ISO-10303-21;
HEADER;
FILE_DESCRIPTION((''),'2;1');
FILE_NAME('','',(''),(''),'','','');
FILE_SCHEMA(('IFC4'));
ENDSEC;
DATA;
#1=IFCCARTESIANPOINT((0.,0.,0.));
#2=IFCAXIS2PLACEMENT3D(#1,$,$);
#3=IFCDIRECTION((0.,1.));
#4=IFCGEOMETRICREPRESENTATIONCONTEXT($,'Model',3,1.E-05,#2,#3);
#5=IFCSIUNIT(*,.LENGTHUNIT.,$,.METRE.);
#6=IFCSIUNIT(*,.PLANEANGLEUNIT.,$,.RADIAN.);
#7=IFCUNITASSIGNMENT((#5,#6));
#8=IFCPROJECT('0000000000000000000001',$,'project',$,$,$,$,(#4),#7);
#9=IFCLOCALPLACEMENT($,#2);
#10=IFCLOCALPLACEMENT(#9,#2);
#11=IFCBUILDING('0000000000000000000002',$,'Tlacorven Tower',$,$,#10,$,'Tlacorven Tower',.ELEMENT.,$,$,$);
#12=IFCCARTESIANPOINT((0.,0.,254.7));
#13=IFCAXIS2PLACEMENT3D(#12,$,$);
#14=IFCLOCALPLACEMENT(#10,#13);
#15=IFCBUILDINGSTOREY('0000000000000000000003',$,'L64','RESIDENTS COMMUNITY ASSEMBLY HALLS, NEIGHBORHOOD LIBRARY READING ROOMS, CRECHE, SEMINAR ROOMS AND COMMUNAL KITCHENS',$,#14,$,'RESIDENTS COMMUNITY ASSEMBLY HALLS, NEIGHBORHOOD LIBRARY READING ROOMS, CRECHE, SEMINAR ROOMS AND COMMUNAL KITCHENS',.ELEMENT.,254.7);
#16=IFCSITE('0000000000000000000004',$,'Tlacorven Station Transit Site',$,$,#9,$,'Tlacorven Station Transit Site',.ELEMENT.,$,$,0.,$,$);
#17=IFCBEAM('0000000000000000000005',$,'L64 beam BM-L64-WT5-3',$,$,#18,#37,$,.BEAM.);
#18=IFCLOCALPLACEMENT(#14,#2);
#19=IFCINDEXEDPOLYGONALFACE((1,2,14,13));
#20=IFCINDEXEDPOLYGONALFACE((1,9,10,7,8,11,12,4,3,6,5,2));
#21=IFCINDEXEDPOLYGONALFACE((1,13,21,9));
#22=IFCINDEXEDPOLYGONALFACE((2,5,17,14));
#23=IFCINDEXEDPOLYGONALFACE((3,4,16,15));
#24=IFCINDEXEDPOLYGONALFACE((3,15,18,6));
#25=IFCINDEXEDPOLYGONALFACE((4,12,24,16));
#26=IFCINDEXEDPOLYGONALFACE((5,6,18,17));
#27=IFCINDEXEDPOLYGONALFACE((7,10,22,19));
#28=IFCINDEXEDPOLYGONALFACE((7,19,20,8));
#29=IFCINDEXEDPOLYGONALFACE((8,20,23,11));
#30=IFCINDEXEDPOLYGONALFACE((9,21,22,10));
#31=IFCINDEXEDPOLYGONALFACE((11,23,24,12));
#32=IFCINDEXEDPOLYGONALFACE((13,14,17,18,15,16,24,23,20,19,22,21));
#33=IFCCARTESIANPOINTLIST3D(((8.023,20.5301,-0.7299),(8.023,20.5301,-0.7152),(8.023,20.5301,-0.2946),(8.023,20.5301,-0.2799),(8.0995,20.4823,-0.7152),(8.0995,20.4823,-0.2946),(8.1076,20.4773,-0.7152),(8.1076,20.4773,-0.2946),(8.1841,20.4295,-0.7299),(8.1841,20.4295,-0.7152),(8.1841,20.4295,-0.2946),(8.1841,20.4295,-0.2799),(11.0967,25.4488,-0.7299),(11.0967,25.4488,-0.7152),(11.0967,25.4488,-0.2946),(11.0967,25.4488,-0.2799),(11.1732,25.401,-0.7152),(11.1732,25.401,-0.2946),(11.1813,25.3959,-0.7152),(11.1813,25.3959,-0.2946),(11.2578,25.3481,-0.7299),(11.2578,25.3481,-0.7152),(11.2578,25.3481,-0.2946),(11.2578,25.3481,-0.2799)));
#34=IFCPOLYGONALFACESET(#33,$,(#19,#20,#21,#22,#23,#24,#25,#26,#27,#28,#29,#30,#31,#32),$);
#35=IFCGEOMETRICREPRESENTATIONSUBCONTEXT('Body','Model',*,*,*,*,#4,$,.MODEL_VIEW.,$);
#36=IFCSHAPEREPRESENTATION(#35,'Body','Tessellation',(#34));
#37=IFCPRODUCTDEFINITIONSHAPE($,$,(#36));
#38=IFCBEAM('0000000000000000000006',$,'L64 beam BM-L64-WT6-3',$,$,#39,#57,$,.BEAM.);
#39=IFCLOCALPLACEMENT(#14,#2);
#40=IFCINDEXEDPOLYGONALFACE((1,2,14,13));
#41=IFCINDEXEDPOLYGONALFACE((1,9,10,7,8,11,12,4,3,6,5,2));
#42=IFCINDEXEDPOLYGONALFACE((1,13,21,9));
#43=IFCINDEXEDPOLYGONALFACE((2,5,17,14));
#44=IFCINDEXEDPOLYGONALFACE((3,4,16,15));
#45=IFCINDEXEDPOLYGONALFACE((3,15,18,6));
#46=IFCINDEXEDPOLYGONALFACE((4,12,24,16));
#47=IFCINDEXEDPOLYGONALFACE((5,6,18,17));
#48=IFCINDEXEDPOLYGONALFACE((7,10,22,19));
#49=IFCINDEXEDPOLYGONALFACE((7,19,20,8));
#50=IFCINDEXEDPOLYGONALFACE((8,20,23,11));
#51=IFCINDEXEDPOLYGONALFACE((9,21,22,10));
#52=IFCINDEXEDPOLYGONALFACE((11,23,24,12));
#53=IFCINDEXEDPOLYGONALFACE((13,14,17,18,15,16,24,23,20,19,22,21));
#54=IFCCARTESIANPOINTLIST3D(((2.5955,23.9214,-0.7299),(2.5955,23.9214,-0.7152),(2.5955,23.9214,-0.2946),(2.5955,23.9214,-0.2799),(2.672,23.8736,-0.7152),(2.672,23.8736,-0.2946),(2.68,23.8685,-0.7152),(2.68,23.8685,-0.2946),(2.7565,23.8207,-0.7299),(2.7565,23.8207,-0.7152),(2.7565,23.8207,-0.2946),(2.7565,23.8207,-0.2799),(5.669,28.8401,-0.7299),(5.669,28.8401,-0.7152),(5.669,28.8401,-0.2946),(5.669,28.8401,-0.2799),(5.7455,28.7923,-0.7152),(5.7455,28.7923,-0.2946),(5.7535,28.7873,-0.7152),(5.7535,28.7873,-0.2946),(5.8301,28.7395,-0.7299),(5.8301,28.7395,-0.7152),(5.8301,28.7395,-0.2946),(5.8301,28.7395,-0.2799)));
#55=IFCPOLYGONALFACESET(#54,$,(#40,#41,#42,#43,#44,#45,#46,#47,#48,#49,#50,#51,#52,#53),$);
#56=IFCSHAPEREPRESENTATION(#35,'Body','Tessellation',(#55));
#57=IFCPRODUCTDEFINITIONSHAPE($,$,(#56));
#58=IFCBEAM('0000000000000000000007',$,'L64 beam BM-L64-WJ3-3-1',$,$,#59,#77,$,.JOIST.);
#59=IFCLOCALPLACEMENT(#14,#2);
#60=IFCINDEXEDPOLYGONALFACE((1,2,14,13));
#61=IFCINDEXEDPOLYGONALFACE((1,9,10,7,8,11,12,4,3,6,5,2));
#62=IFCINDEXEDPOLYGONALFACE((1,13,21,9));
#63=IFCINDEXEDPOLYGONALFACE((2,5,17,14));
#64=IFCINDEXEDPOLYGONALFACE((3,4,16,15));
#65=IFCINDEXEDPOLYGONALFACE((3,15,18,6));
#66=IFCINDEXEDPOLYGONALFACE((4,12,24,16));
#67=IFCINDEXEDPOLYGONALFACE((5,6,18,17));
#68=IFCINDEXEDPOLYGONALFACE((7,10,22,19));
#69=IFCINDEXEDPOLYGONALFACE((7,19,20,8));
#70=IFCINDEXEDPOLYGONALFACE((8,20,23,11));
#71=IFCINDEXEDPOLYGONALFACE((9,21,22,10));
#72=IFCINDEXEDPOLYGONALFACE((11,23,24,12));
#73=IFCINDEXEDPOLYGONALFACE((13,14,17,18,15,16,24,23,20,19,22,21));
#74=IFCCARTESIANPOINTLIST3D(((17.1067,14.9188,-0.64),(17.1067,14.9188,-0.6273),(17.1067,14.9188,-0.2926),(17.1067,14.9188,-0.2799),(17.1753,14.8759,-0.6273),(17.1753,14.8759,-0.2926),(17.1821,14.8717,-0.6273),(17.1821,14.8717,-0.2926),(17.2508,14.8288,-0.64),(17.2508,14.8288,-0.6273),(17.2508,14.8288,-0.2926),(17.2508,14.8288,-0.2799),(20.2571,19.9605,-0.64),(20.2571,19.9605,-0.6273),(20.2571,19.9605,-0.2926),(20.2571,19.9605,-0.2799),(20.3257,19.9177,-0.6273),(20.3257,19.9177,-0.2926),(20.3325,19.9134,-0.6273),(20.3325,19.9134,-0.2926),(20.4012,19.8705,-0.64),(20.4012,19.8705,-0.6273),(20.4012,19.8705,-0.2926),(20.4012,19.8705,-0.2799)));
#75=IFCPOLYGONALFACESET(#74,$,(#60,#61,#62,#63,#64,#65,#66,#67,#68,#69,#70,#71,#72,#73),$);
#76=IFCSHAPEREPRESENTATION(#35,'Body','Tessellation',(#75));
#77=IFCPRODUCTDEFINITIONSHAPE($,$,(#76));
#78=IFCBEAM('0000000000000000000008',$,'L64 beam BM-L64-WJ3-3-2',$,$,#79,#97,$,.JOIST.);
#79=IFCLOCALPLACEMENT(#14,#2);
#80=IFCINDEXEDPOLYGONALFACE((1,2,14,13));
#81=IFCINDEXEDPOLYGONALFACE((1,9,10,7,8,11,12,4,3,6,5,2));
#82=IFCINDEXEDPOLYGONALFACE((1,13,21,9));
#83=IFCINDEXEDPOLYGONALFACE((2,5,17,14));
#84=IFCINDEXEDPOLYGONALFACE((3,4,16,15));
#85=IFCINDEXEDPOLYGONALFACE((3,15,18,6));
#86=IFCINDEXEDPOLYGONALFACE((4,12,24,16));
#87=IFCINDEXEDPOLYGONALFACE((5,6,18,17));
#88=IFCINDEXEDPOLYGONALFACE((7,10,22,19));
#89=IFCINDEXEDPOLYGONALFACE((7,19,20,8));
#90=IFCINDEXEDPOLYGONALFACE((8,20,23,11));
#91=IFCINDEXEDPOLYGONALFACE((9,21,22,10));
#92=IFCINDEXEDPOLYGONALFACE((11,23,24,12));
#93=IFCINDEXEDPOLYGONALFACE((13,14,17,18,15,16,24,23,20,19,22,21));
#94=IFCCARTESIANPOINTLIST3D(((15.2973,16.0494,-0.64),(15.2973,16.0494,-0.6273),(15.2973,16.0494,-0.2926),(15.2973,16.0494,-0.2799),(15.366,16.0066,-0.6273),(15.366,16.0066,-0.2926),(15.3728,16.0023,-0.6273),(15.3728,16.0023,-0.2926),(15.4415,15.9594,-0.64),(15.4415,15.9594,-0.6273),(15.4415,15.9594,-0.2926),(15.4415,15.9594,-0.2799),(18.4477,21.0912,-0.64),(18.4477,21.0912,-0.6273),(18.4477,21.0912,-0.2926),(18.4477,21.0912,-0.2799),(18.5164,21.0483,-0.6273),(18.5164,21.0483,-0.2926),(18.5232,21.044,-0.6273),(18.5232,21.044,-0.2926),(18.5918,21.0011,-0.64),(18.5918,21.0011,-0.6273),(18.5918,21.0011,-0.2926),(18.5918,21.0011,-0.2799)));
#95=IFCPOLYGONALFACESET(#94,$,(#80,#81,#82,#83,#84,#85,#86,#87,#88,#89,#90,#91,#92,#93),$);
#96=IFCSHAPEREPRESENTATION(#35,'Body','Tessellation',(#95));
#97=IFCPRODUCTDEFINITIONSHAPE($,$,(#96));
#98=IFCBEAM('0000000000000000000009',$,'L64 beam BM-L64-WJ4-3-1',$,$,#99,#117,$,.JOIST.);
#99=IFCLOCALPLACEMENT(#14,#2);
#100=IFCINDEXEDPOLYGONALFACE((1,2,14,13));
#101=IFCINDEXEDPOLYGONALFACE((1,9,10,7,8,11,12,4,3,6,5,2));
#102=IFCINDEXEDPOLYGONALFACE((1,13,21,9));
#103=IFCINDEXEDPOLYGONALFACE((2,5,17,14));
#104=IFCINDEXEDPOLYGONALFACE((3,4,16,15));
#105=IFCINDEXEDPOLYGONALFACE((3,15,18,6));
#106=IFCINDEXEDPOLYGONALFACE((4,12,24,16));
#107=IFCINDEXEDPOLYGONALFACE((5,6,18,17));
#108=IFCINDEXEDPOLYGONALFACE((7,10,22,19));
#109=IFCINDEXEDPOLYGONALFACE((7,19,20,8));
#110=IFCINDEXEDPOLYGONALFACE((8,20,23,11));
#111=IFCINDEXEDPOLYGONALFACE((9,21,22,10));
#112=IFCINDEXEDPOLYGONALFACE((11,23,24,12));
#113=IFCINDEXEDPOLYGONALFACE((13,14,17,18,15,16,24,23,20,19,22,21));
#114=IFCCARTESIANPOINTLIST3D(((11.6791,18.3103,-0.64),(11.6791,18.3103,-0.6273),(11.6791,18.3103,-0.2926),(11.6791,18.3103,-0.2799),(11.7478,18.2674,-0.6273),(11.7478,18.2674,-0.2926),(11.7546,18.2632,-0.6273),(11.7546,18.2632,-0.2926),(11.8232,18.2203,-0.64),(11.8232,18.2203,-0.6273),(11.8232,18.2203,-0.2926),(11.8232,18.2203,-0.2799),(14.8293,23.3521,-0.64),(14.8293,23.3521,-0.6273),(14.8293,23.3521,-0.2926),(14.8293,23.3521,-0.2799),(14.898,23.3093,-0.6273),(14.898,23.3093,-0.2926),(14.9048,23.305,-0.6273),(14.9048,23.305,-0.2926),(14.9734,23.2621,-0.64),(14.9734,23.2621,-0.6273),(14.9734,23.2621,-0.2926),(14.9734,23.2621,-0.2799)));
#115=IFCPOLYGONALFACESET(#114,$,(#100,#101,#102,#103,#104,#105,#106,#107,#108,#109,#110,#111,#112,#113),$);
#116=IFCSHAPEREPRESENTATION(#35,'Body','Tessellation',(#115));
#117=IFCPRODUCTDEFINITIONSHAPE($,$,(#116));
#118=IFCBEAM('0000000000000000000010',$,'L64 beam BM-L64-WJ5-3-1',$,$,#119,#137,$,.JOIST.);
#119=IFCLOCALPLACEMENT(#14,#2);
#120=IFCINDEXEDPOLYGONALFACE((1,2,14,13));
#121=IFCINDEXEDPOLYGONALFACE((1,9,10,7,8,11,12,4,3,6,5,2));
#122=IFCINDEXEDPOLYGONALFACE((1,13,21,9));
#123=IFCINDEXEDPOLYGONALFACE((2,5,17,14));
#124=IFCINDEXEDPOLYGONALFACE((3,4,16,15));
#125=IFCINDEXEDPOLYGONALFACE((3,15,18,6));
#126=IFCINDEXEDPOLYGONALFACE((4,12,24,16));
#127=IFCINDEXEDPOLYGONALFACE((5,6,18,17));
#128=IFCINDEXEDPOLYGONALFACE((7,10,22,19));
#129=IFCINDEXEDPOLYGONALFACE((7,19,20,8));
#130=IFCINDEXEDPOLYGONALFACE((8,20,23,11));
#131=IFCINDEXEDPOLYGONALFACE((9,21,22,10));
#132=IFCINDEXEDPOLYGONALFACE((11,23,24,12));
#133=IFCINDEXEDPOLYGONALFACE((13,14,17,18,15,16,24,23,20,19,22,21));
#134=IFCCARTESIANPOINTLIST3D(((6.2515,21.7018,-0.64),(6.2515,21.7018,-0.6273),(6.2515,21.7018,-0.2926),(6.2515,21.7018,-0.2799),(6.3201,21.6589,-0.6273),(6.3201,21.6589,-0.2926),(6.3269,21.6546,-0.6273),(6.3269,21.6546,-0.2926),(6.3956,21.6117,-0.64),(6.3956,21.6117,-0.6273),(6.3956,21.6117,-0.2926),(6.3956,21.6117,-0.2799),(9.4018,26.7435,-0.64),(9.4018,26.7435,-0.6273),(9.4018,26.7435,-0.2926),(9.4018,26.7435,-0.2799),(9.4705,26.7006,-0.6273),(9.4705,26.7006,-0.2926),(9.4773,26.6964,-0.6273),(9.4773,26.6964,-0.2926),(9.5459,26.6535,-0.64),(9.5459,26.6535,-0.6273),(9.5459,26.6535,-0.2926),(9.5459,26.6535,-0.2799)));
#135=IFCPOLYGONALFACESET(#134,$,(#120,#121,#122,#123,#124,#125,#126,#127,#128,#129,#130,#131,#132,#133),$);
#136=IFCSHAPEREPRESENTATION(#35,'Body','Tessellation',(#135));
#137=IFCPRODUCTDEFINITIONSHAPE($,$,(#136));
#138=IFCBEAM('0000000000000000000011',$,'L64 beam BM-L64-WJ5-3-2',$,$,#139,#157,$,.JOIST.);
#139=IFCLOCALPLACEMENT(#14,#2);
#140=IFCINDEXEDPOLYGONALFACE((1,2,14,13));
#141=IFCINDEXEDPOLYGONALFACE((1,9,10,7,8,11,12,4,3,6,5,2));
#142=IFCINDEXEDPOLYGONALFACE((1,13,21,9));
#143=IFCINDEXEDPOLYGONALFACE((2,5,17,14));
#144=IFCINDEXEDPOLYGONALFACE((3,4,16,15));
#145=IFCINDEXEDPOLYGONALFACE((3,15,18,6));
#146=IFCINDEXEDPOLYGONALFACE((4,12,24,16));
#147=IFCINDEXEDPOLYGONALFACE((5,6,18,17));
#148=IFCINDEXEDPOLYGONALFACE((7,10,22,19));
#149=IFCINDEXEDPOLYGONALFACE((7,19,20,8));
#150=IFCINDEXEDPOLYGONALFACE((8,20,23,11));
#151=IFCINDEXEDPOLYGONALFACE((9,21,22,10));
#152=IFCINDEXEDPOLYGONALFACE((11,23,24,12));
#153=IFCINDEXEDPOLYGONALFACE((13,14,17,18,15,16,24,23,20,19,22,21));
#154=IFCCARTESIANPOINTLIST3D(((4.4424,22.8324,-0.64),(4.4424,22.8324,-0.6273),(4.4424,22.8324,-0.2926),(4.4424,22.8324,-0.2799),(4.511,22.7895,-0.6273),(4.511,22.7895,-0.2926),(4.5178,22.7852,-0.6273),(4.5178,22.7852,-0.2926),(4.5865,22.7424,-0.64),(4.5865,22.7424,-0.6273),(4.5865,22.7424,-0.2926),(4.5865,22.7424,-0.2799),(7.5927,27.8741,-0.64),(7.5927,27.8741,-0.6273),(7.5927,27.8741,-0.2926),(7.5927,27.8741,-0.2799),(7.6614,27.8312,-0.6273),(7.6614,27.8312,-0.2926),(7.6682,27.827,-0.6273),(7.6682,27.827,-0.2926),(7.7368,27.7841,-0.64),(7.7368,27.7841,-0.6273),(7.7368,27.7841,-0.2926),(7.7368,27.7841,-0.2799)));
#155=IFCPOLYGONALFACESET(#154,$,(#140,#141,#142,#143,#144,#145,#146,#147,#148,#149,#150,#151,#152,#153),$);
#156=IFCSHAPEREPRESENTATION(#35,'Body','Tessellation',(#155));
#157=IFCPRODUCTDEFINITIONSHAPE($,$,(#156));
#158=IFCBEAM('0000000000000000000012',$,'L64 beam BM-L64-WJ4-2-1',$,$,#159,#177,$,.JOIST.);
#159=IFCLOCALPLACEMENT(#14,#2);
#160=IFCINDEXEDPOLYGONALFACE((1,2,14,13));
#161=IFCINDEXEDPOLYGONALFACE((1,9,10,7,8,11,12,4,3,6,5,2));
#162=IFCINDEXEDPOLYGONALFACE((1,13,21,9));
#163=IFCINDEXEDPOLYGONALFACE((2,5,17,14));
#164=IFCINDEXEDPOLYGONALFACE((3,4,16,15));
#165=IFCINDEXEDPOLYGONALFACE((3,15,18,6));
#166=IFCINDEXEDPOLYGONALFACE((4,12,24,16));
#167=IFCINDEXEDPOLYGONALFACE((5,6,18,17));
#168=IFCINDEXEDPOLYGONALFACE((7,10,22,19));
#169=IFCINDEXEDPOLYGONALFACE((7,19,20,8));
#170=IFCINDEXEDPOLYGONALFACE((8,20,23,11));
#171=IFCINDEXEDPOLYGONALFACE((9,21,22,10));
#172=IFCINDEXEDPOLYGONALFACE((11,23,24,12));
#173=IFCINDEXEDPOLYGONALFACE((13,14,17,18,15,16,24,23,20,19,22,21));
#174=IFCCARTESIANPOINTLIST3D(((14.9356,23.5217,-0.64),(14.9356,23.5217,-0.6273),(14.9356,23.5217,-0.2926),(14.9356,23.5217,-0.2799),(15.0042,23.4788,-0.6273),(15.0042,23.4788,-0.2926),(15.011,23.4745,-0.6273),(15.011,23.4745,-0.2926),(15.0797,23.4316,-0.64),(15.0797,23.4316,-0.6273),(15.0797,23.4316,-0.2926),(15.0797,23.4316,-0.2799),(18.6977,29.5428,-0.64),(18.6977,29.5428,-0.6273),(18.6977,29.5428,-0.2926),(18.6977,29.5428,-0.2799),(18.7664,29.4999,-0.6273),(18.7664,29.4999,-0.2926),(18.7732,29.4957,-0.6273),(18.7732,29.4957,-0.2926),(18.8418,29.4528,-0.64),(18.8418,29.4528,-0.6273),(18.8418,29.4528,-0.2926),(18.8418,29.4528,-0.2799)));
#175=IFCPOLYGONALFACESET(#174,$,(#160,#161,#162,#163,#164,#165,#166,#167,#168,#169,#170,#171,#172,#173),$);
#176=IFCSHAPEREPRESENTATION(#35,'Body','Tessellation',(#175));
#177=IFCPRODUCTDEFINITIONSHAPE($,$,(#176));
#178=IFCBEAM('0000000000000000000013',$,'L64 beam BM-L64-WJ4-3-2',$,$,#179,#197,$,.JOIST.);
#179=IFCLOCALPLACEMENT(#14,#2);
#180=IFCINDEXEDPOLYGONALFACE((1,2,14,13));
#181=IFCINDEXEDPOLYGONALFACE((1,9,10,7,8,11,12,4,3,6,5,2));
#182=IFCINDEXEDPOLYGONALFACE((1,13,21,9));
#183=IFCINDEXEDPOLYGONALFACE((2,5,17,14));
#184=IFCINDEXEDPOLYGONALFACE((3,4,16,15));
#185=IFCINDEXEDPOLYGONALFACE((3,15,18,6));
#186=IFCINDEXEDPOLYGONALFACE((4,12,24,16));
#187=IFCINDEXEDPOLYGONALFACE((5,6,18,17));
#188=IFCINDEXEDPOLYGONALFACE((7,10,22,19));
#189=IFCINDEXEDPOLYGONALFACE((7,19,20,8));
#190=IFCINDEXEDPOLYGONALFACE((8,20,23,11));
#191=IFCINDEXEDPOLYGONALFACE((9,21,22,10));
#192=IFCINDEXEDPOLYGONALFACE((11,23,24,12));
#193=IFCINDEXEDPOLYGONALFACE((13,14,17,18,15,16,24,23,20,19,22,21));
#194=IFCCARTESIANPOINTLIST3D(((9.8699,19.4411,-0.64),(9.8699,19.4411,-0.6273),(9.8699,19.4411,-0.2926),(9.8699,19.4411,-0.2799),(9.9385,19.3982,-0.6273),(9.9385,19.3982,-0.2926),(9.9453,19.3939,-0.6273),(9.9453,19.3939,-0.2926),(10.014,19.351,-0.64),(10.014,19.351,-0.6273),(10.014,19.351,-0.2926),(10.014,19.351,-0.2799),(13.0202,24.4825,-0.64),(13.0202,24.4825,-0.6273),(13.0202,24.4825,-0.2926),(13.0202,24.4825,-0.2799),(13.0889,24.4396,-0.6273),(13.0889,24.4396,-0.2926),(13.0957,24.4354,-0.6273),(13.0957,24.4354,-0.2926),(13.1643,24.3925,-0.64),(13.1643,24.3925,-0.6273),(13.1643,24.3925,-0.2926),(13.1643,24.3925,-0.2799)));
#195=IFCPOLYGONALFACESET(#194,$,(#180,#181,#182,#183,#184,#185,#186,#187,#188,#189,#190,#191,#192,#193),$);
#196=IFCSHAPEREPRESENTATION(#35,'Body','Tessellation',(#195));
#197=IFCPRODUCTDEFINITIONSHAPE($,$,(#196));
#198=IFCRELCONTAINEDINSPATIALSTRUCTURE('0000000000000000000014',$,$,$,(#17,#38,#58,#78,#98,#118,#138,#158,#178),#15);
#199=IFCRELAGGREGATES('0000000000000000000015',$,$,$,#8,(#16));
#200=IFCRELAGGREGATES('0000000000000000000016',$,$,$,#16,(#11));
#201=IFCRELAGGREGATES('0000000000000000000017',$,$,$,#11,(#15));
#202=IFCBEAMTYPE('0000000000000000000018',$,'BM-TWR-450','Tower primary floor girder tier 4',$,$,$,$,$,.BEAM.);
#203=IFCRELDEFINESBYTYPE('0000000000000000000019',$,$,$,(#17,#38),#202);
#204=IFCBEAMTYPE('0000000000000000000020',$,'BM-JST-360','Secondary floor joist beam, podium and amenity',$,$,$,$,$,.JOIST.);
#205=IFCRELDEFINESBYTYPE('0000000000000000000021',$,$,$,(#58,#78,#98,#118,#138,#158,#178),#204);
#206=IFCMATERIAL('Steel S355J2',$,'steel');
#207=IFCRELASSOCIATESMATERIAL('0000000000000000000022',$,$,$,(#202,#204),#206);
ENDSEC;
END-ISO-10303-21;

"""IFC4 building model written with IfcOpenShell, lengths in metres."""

from ifc_helpers import new_model, si_unit, direction, frame, origin, origin_2d, place, context, subcontext, project, spatial, i_section, extrude, source, transform, mapped, material, material_profile, profile_set, type_object, element, save


model = new_model("IFC4")

# Units and contexts
model_context = context("Model", 3, precision=1e-05, world=origin(), true_north=direction((0.0, 1.0)))
body_context = subcontext(model_context, "Body", "Model", "MODEL_VIEW")
ifc_project = project(units=[si_unit("LENGTHUNIT", "METRE"), si_unit("PLANEANGLEUNIT", "RADIAN")], contexts=[model_context])

# Site, building, storey
site_placement = place(None, origin())
site = spatial("IfcSite", under=ifc_project, at=site_placement, Name="Tlacorven Station Transit Site", LongName="Tlacorven Station Transit Site", CompositionType="ELEMENT", RefElevation=0.0)
building_placement = place(site_placement, origin())
building = spatial("IfcBuilding", under=site, at=building_placement, Name="Tlacorven Tower", LongName="Tlacorven Tower", CompositionType="ELEMENT")
storey_placement = place(building_placement, frame((0.0, 0.0, 254.7)))
storey = spatial("IfcBuildingStorey", under=building, at=storey_placement, Name="L64", Description="RESIDENTS COMMUNITY ASSEMBLY HALLS, NEIGHBORHOOD LIBRARY READING ROOMS, CRECHE, SEMINAR ROOMS AND COMMUNAL KITCHENS", LongName="RESIDENTS COMMUNITY ASSEMBLY HALLS, NEIGHBORHOOD LIBRARY READING ROOMS, CRECHE, SEMINAR ROOMS AND COMMUNAL KITCHENS", CompositionType="ELEMENT", Elevation=254.7)

# Shared definitions
ifc_material_1 = material(Name="Steel S355J2", Category="steel")

# Beams
ifc_material_profile_1 = material_profile(ifc_material_1, i_section(OverallWidth=0.1899, OverallDepth=0.45, WebThickness=0.0095, FlangeThickness=0.0146, at=origin_2d()), Name="IPE 450")
ifc_profile_set_1 = profile_set([ifc_material_profile_1], Name="Steel S355J2")
beam_type_1 = type_object("IfcBeamType", Name="BM-TWR-450", Description="Tower primary floor girder tier 4", PredefinedType="BEAM", material=ifc_profile_set_1)
shared_shape_1 = source(origin(), body_context, "Body", "SweptSolid", [
    extrude(i_section(OverallWidth=0.1899, OverallDepth=0.45, WebThickness=0.0095, FlangeThickness=0.0146, at=origin_2d()), origin(), (0.0, 0.0, 1.0), 5.8),
])
for number, where, z_axis, x_axis, name in (
    (1, (11.1772, 25.3984, -0.5049), (-0.529942, -0.848034, 0.0), (0.848034, -0.529942, 0.0), "L64 beam BM-L64-WT5-3"),
    (2, (5.7495, 28.7898, -0.5049), (-0.529912, -0.848053, 0.0), (0.848053, -0.529912, 0.0), "L64 beam BM-L64-WT6-3"),
):
    element("IfcBeam", number, at=place(storey_placement, frame(where, z_axis=z_axis, x_axis=x_axis)), inside=storey, type_object=beam_type_1, Name=name, PredefinedType="BEAM", context=body_context, shape_type="MappedRepresentation", body=[
        mapped(shared_shape_1, transform((0.0, 0.0, 0.0), scale=1.0)),
    ])
ifc_material_profile_2 = material_profile(ifc_material_1, i_section(OverallWidth=0.1699, OverallDepth=0.3601, WebThickness=0.0081, FlangeThickness=0.0127, at=origin_2d()), Name="IPE 360")
ifc_profile_set_2 = profile_set([ifc_material_profile_2], Name="Steel S355J2")
beam_type_2 = type_object("IfcBeamType", Name="BM-JST-360", Description="Secondary floor joist beam, podium and amenity", PredefinedType="JOIST", material=ifc_profile_set_2)
shared_shape_2 = source(origin(), body_context, "Body", "SweptSolid", [
    extrude(i_section(OverallWidth=0.1699, OverallDepth=0.3601, WebThickness=0.0081, FlangeThickness=0.0127, at=origin_2d()), origin(), (0.0, 0.0, 1.0), 5.9451),
])
for number, where, z_axis, x_axis, name in (
    (3, (20.3291, 19.9155, -0.46), (-0.529914, -0.848051, 0.0), (0.848051, -0.529914, 0.0), "L64 beam BM-L64-WJ3-3-1"),
    (4, (18.5198, 21.0461, -0.46), (-0.529914, -0.848051, 0.0), (0.848051, -0.529914, 0.0), "L64 beam BM-L64-WJ3-3-2"),
    (5, (14.9014, 23.3071, -0.46), (-0.529885, -0.84807, 0.0), (0.84807, -0.529885, 0.0), "L64 beam BM-L64-WJ4-3-1"),
    (6, (9.4739, 26.6985, -0.46), (-0.529914, -0.848051, 0.0), (0.848051, -0.529914, 0.0), "L64 beam BM-L64-WJ5-3-1"),
    (7, (7.6648, 27.8291, -0.46), (-0.529914, -0.848051, 0.0), (0.848051, -0.529914, 0.0), "L64 beam BM-L64-WJ5-3-2"),
):
    element("IfcBeam", number, at=place(storey_placement, frame(where, z_axis=z_axis, x_axis=x_axis)), inside=storey, type_object=beam_type_2, Name=name, PredefinedType="JOIST", context=body_context, shape_type="MappedRepresentation", body=[
        mapped(shared_shape_2, transform((0.0, 0.0, 0.0), scale=1.0)),
    ])
shared_shape_3 = source(origin(), body_context, "Body", "SweptSolid", [
    extrude(i_section(OverallWidth=0.1699, OverallDepth=0.3601, WebThickness=0.0081, FlangeThickness=0.0127, at=origin_2d()), origin(), (0.0, 0.0, 1.0), 7.0999),
])
beam_1_placement = place(storey_placement, frame((18.7698, 29.4978, -0.46), z_axis=(-0.529891, -0.848066, 0.0), x_axis=(0.848066, -0.529891, 0.0)))
element("IfcBeam", 8, at=beam_1_placement, inside=storey, type_object=beam_type_2, Name="L64 beam BM-L64-WJ4-2-1", PredefinedType="JOIST", context=body_context, shape_type="MappedRepresentation", body=[
    mapped(shared_shape_3, transform((0.0, 0.0, 0.0), scale=1.0)),
])
shared_shape_4 = source(origin(), body_context, "Body", "SweptSolid", [
    extrude(i_section(OverallWidth=0.1699, OverallDepth=0.3601, WebThickness=0.0081, FlangeThickness=0.0127, at=origin_2d()), origin(), (0.0, 0.0, 1.0), 5.9448),
])
beam_2_placement = place(storey_placement, frame((13.0923, 24.4375, -0.46), z_axis=(-0.529932, -0.84804, 0.0), x_axis=(0.84804, -0.529932, 0.0)))
element("IfcBeam", 9, at=beam_2_placement, inside=storey, type_object=beam_type_2, Name="L64 beam BM-L64-WJ4-3-2", PredefinedType="JOIST", context=body_context, shape_type="MappedRepresentation", body=[
    mapped(shared_shape_4, transform((0.0, 0.0, 0.0), scale=1.0)),
])

save(model, "model.ifc")
